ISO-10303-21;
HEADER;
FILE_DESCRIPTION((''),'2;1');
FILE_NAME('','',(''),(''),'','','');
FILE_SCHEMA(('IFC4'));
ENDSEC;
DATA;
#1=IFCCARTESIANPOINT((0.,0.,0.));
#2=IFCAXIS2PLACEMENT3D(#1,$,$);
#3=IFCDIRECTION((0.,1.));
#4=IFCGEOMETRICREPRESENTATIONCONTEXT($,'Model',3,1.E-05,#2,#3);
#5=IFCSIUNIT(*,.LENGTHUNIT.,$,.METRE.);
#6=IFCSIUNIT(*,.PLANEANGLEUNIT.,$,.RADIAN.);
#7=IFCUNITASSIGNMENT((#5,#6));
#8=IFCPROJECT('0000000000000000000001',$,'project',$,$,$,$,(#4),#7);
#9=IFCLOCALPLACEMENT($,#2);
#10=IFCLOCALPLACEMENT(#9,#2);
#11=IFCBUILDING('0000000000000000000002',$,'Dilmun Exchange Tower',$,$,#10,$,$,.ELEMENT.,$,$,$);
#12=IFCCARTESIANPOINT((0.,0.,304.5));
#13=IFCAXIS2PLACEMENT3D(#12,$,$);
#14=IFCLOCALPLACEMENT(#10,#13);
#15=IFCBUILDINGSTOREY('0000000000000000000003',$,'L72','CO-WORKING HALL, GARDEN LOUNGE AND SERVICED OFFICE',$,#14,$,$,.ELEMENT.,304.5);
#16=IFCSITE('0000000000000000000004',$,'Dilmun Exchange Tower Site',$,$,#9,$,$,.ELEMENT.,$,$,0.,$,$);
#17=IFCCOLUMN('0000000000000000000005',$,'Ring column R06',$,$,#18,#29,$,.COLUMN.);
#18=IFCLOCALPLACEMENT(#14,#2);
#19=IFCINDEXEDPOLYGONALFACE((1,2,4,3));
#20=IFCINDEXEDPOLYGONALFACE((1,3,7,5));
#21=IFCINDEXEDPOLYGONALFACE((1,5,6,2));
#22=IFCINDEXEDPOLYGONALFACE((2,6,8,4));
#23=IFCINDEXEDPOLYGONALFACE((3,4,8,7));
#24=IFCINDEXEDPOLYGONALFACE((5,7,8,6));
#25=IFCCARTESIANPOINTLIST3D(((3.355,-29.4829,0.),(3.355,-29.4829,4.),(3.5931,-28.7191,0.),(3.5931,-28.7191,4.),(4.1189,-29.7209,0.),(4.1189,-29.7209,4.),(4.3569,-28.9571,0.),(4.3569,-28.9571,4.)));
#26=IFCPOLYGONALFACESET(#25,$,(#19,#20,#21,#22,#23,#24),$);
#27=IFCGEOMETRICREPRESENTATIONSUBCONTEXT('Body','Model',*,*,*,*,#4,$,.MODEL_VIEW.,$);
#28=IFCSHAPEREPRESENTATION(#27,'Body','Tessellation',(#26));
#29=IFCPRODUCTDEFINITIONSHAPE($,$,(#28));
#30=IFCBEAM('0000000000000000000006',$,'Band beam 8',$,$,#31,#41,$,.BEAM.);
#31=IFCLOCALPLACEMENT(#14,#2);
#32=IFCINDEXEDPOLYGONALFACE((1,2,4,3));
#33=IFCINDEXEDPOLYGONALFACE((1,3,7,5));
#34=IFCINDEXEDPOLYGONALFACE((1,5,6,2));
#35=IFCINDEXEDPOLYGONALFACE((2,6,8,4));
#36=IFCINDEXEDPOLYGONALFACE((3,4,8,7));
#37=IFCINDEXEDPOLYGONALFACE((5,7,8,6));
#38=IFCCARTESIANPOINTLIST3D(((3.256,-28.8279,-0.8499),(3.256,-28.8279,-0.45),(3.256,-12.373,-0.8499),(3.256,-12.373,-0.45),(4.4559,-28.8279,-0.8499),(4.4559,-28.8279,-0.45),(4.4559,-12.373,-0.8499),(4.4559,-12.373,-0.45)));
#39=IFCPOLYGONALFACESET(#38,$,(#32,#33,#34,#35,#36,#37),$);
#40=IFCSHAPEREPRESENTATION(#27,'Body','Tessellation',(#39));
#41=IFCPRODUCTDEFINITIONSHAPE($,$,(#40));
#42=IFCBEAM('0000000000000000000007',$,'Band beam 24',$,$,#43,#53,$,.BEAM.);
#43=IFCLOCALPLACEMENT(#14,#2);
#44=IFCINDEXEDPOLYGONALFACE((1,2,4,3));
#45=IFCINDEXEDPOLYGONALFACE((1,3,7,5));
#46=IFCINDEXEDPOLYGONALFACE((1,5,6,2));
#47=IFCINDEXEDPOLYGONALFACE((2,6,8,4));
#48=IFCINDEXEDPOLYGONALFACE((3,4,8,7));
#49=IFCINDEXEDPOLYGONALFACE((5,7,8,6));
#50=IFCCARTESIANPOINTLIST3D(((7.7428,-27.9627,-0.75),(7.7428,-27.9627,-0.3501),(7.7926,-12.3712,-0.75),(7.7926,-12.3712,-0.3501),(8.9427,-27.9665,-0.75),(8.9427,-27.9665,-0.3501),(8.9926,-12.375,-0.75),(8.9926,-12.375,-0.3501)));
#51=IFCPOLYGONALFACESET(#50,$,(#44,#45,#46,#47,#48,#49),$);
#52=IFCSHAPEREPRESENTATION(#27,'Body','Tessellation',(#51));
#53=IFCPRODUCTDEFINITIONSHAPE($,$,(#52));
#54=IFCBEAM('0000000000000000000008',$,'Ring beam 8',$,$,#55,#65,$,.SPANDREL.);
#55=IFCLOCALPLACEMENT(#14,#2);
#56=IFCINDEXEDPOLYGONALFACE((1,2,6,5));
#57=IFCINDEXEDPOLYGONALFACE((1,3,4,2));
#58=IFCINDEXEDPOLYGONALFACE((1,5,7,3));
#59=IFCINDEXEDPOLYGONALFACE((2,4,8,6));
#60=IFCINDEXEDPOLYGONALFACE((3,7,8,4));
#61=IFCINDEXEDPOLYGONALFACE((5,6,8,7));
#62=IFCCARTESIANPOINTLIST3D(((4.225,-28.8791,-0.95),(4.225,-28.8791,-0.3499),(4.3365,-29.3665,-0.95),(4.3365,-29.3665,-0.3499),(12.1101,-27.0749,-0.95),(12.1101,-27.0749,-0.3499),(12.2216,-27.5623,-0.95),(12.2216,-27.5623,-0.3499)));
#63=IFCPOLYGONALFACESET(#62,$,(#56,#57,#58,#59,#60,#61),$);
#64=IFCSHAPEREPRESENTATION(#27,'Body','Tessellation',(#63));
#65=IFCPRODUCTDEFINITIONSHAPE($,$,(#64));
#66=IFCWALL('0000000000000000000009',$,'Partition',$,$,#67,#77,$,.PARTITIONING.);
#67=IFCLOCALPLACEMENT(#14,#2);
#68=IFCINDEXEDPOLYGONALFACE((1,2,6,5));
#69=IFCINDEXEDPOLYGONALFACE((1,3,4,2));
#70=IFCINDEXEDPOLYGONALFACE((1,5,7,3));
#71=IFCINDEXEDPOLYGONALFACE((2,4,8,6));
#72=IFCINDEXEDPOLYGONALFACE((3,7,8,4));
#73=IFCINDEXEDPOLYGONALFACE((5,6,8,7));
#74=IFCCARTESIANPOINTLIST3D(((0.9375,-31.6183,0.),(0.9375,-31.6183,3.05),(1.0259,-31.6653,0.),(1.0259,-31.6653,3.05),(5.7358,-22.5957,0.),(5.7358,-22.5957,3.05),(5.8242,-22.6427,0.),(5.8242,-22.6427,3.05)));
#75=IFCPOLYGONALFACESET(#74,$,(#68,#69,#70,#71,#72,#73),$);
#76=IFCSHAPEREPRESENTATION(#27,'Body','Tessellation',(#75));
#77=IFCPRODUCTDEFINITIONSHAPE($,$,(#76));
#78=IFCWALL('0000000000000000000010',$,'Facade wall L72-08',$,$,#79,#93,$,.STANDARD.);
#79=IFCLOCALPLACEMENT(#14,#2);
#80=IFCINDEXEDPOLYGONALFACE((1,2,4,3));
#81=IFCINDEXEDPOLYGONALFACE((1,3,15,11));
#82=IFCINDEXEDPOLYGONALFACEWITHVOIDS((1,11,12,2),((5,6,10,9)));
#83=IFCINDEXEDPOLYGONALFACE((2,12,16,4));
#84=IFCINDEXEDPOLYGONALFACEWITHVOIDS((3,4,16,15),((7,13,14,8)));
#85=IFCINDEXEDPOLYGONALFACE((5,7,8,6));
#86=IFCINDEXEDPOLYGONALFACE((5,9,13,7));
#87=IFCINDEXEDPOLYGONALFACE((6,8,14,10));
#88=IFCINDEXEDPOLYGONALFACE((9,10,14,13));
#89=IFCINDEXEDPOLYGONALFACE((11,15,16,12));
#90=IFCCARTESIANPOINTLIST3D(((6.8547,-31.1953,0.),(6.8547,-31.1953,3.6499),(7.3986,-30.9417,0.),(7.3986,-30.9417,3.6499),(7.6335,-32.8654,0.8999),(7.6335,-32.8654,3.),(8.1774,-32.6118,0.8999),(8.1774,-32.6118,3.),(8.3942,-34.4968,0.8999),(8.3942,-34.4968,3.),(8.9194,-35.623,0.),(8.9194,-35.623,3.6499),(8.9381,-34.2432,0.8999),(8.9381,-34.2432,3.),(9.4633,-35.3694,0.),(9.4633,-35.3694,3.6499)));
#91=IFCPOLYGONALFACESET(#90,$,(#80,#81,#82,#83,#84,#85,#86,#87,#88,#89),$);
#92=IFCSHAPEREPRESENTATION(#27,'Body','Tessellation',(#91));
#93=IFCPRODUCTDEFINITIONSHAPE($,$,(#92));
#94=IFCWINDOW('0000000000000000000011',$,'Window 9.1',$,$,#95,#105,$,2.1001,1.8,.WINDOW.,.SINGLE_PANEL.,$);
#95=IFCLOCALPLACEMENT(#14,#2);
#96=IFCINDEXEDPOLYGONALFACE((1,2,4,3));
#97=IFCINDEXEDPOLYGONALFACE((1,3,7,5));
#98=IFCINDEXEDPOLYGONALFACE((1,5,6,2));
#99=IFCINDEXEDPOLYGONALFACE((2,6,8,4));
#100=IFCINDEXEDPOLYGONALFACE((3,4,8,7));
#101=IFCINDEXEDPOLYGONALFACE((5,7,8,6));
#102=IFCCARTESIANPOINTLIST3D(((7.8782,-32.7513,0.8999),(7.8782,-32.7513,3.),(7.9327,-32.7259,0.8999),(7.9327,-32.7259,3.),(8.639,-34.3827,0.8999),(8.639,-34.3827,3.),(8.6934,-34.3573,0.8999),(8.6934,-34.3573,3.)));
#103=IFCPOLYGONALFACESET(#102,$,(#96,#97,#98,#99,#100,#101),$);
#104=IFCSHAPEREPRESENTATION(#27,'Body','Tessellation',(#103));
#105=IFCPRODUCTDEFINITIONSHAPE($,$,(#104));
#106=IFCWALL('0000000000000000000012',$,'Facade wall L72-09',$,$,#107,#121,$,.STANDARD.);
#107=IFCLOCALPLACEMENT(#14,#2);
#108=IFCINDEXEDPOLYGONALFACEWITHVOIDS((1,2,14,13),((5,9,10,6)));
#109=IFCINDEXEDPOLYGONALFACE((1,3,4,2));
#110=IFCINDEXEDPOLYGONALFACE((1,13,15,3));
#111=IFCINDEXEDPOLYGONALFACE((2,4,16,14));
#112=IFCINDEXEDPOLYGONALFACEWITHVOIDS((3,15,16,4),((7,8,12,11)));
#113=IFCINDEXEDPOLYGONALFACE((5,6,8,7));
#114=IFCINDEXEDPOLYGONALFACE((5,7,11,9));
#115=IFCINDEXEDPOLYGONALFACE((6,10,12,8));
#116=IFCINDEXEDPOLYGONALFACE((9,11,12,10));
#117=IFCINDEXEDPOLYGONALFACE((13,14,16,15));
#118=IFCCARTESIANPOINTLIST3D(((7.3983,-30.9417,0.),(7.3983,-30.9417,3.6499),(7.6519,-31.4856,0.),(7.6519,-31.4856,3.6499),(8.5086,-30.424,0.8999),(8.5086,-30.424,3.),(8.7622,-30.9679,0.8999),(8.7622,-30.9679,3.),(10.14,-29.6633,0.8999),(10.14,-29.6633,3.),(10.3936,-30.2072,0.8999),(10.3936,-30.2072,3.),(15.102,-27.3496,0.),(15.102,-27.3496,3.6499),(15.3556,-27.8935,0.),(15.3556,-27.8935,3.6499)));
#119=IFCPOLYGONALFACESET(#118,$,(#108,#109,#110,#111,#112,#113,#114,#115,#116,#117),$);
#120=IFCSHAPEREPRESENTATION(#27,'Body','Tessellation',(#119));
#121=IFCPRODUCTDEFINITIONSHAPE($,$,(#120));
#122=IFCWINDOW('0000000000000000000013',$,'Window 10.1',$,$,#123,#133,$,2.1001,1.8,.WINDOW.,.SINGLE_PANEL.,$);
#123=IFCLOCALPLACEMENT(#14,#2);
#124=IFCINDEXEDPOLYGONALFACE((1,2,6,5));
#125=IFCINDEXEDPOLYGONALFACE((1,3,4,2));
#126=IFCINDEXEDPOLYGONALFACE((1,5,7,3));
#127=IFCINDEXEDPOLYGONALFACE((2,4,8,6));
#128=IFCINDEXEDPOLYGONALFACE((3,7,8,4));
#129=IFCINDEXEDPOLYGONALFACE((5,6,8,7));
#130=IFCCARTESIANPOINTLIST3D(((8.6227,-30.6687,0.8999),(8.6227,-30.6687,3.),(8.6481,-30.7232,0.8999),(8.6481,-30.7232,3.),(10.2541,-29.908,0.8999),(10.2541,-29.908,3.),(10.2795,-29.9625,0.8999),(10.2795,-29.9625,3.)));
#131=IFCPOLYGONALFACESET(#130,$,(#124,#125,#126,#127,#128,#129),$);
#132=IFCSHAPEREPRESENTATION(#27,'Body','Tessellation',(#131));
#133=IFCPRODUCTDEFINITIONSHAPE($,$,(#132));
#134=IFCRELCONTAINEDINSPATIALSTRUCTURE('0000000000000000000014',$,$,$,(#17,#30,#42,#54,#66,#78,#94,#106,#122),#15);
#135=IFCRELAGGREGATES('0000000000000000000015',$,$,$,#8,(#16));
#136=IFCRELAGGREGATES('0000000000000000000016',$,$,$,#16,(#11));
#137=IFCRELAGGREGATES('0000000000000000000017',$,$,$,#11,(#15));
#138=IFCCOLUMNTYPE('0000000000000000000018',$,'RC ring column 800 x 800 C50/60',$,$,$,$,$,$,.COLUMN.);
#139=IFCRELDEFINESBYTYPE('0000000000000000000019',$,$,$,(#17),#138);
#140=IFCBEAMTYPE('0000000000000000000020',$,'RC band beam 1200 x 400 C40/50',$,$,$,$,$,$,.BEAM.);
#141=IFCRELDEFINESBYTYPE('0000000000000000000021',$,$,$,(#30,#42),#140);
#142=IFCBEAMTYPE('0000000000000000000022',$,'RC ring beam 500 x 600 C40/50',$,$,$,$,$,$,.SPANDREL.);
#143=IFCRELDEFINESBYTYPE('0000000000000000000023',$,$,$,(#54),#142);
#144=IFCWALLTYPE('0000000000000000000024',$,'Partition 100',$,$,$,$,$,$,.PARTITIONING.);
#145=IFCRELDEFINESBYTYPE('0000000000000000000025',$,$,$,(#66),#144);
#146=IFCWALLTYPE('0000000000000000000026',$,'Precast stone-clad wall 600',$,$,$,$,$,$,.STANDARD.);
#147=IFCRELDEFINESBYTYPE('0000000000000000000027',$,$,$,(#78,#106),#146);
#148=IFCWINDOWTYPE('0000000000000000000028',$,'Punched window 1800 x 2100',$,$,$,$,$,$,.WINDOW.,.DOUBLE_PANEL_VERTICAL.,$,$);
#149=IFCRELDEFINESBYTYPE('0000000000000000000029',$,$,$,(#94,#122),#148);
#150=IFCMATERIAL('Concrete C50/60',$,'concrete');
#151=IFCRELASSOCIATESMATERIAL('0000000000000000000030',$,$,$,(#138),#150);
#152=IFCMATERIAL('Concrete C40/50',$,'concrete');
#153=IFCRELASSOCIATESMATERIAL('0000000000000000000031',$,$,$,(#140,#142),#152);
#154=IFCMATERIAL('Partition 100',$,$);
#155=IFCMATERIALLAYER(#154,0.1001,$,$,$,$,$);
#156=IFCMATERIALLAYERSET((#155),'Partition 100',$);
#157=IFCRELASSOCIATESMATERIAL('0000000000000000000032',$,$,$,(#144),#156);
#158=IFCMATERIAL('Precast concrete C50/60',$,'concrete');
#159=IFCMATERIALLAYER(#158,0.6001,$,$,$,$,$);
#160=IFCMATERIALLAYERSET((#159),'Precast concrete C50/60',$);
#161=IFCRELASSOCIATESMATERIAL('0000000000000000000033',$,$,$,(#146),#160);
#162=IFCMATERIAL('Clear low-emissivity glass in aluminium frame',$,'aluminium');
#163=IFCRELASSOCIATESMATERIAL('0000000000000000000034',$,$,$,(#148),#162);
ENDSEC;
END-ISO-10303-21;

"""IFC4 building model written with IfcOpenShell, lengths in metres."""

from ifc_helpers import new_model, si_unit, direction, frame, frame_2d, origin, origin_2d, place, context, subcontext, project, spatial, rectangle, extrude, material, layer, layer_set, material_profile, profile_set, type_object, element, fill, save


model = new_model("IFC4")

# Units and contexts
model_context = context("Model", 3, precision=1e-05, world=origin(), true_north=direction((0.0, 1.0)))
body_context = subcontext(model_context, "Body", "Model", "MODEL_VIEW")
ifc_project = project(units=[si_unit("LENGTHUNIT", "METRE"), si_unit("PLANEANGLEUNIT", "RADIAN")], contexts=[model_context])

# Site, building, storey
site_placement = place(None, origin())
site = spatial("IfcSite", under=ifc_project, at=site_placement, Name="Dilmun Exchange Tower Site", CompositionType="ELEMENT", RefElevation=0.0)
building_placement = place(site_placement, origin())
building = spatial("IfcBuilding", under=site, at=building_placement, Name="Dilmun Exchange Tower", CompositionType="ELEMENT")
storey_placement = place(building_placement, frame((0.0, 0.0, 304.5)))
storey = spatial("IfcBuildingStorey", under=building, at=storey_placement, Name="L72", Description="CO-WORKING HALL, GARDEN LOUNGE AND SERVICED OFFICE", CompositionType="ELEMENT", Elevation=304.5)

# Column
ifc_material_1 = material(Name="Concrete C50/60", Category="concrete")
ifc_material_profile_1 = material_profile(ifc_material_1, rectangle(XDim=0.8, YDim=0.8, at=origin_2d()), Name="800 x 800")
ifc_profile_set_1 = profile_set([ifc_material_profile_1], Name="Concrete C50/60")
column_type = type_object("IfcColumnType", Name="RC ring column 800 x 800 C50/60", PredefinedType="COLUMN", material=ifc_profile_set_1)
column_placement = place(storey_placement, frame((3.856, -29.22, 0.0), z_axis=(0.0, 0.0, 1.0), x_axis=(0.297503, 0.954721, 0.0)))
element("IfcColumn", 1, at=column_placement, inside=storey, type_object=column_type, Name="Ring column R06", PredefinedType="COLUMN", context=body_context, shape_type="SweptSolid", body=[
    extrude(rectangle(XDim=0.8, YDim=0.8, at=origin_2d()), origin(), (0.0, 0.0, 1.0), 4.0),
])

# Beams
ifc_material_2 = material(Name="Concrete C40/50", Category="concrete")
ifc_material_profile_2 = material_profile(ifc_material_2, rectangle(XDim=1.2, YDim=0.3999, at=origin_2d()), Name="1200 x 400")
ifc_profile_set_2 = profile_set([ifc_material_profile_2], Name="Concrete C40/50")
beam_type_1 = type_object("IfcBeamType", Name="RC band beam 1200 x 400 C40/50", PredefinedType="BEAM", material=ifc_profile_set_2)
beam_1_placement = place(storey_placement, frame((3.856, -28.8279, -0.6499), z_axis=(0.0, 1.0, 0.0), x_axis=(-1.0, 0.0, 0.0)))
element("IfcBeam", 2, at=beam_1_placement, inside=storey, type_object=beam_type_1, Name="Band beam 8", PredefinedType="BEAM", context=body_context, shape_type="SweptSolid", body=[
    extrude(rectangle(XDim=1.2, YDim=0.3999, at=origin_2d()), origin(), (0.0, 0.0, 1.0), 16.4548),
])
beam_2_placement = place(storey_placement, frame((8.3428, -27.9646, -0.55), z_axis=(0.003194, 0.999995, 0.0), x_axis=(-0.999995, 0.003194, 0.0)))
element("IfcBeam", 3, at=beam_2_placement, inside=storey, type_object=beam_type_1, Name="Band beam 24", PredefinedType="BEAM", context=body_context, shape_type="SweptSolid", body=[
    extrude(rectangle(XDim=1.2, YDim=0.3999, at=origin_2d()), origin(), (0.0, 0.0, 1.0), 15.5916),
])
ifc_material_profile_3 = material_profile(ifc_material_2, rectangle(XDim=0.5, YDim=0.6001, at=origin_2d()), Name="500 x 600")
ifc_profile_set_3 = profile_set([ifc_material_profile_3], Name="Concrete C40/50")
beam_type_2 = type_object("IfcBeamType", Name="RC ring beam 500 x 600 C40/50", PredefinedType="SPANDREL", material=ifc_profile_set_3)
beam_3_placement = place(storey_placement, frame((4.2808, -29.1228, -0.6499), z_axis=(0.974807, 0.223049, 0.0), x_axis=(-0.223049, 0.974807, 0.0)))
element("IfcBeam", 4, at=beam_3_placement, inside=storey, type_object=beam_type_2, Name="Ring beam 8", PredefinedType="SPANDREL", context=body_context, shape_type="SweptSolid", body=[
    extrude(rectangle(XDim=0.5, YDim=0.6001, at=origin_2d()), origin(), (0.0, 0.0, 1.0), 8.0889),
])

# Wall
ifc_material_3 = material(Name="Partition 100")
ifc_layer_1 = layer(ifc_material_3, 0.1001)
ifc_layer_set_1 = layer_set([ifc_layer_1], Name="Partition 100")
wall_type_1 = type_object("IfcWallType", Name="Partition 100", PredefinedType="PARTITIONING", material=ifc_layer_set_1)
wall_1_placement = place(storey_placement, frame((0.9817, -31.6418, 0.0), z_axis=(0.0, 0.0, 1.0), x_axis=(0.469539, 0.882912, 0.0)))
element("IfcWall", 5, at=wall_1_placement, inside=storey, type_object=wall_type_1, Name="Partition", PredefinedType="PARTITIONING", context=body_context, shape_type="SweptSolid", body=[
    extrude(rectangle(XDim=10.2192, YDim=0.1001, at=frame_2d((5.1096, 0.0))), origin(), (0.0, 0.0, 1.0), 3.05),
])

# Walls, openings, windows
ifc_material_4 = material(Name="Precast concrete C50/60", Category="concrete")
ifc_layer_2 = layer(ifc_material_4, 0.6001)
ifc_layer_set_2 = layer_set([ifc_layer_2], Name="Precast concrete C50/60")
wall_type_2 = type_object("IfcWallType", Name="Precast stone-clad wall 600", PredefinedType="STANDARD", material=ifc_layer_set_2)
wall_2_placement = place(storey_placement, frame((9.1914, -35.4963, 0.0), z_axis=(0.0, 0.0, 1.0), x_axis=(-0.42262, 0.906307, 0.0)))
wall_2 = element("IfcWall", 6, at=wall_2_placement, inside=storey, type_object=wall_type_2, Name="Facade wall L72-08", PredefinedType="STANDARD", context=body_context, shape_type="SweptSolid", body=[
    extrude(rectangle(XDim=4.8855, YDim=0.6001, at=frame_2d((2.4429, 0.0))), origin(), (0.0, 0.0, 1.0), 3.6499),
])
opening_1_placement = place(wall_2_placement, frame((1.2429, 0.0, 0.8999)))
opening_1 = element("IfcOpeningElement", 7, at=opening_1_placement, cuts=wall_2, PredefinedType="OPENING", context=body_context, shape_type="SweptSolid", body=[
    extrude(rectangle(XDim=1.8, YDim=2.1001, at=frame_2d((0.8999, 1.05))), frame((0.0, 0.3101, 0.0), z_axis=(0.0, -1.0, 0.0), x_axis=(1.0, 0.0, 0.0)), (0.0, 0.0, 1.0), 0.6201),
])
ifc_material_5 = material(Name="Clear low-emissivity glass in aluminium frame", Category="aluminium")
window_type = type_object("IfcWindowType", Name="Punched window 1800 x 2100", PartitioningType="DOUBLE_PANEL_VERTICAL", PredefinedType="WINDOW", material=ifc_material_5)
window_1_placement = place(opening_1_placement, origin())
window_1 = element("IfcWindow", 8, at=window_1_placement, inside=storey, type_object=window_type, Name="Window 9.1", OverallHeight=2.1001, OverallWidth=1.8, PartitioningType="SINGLE_PANEL", PredefinedType="WINDOW", context=body_context, shape_type="SweptSolid", body=[
    extrude(rectangle(XDim=1.8, YDim=2.1001, at=frame_2d((0.8999, 1.05))), frame((0.0, 0.03, 0.0), z_axis=(0.0, -1.0, 0.0), x_axis=(1.0, 0.0, 0.0)), (0.0, 0.0, 1.0), 0.0601),
])
fill(opening_1, window_1)
wall_3_placement = place(storey_placement, frame((7.5251, -31.2136, 0.0), z_axis=(0.0, 0.0, 1.0), x_axis=(0.906317, 0.422598, 0.0)))
wall_3 = element("IfcWall", 9, at=wall_3_placement, inside=storey, type_object=wall_type_2, Name="Facade wall L72-09", PredefinedType="STANDARD", context=body_context, shape_type="SweptSolid", body=[
    extrude(rectangle(XDim=8.5, YDim=0.6001, at=frame_2d((4.25, 0.0))), origin(), (0.0, 0.0, 1.0), 3.6499),
])
opening_2_placement = place(wall_3_placement, frame((1.2251, 0.0, 0.8999)))
opening_2 = element("IfcOpeningElement", 10, at=opening_2_placement, cuts=wall_3, PredefinedType="OPENING", context=body_context, shape_type="SweptSolid", body=[
    extrude(rectangle(XDim=1.8, YDim=2.1001, at=frame_2d((0.8999, 1.05))), frame((0.0, 0.3101, 0.0), z_axis=(0.0, -1.0, 0.0), x_axis=(1.0, 0.0, 0.0)), (0.0, 0.0, 1.0), 0.6201),
])
window_2_placement = place(opening_2_placement, origin())
window_2 = element("IfcWindow", 11, at=window_2_placement, inside=storey, type_object=window_type, Name="Window 10.1", OverallHeight=2.1001, OverallWidth=1.8, PartitioningType="SINGLE_PANEL", PredefinedType="WINDOW", context=body_context, shape_type="SweptSolid", body=[
    extrude(rectangle(XDim=1.8, YDim=2.1001, at=frame_2d((0.8999, 1.05))), frame((0.0, 0.03, 0.0), z_axis=(0.0, -1.0, 0.0), x_axis=(1.0, 0.0, 0.0)), (0.0, 0.0, 1.0), 0.0601),
])
fill(opening_2, window_2)

save(model, "model.ifc")
